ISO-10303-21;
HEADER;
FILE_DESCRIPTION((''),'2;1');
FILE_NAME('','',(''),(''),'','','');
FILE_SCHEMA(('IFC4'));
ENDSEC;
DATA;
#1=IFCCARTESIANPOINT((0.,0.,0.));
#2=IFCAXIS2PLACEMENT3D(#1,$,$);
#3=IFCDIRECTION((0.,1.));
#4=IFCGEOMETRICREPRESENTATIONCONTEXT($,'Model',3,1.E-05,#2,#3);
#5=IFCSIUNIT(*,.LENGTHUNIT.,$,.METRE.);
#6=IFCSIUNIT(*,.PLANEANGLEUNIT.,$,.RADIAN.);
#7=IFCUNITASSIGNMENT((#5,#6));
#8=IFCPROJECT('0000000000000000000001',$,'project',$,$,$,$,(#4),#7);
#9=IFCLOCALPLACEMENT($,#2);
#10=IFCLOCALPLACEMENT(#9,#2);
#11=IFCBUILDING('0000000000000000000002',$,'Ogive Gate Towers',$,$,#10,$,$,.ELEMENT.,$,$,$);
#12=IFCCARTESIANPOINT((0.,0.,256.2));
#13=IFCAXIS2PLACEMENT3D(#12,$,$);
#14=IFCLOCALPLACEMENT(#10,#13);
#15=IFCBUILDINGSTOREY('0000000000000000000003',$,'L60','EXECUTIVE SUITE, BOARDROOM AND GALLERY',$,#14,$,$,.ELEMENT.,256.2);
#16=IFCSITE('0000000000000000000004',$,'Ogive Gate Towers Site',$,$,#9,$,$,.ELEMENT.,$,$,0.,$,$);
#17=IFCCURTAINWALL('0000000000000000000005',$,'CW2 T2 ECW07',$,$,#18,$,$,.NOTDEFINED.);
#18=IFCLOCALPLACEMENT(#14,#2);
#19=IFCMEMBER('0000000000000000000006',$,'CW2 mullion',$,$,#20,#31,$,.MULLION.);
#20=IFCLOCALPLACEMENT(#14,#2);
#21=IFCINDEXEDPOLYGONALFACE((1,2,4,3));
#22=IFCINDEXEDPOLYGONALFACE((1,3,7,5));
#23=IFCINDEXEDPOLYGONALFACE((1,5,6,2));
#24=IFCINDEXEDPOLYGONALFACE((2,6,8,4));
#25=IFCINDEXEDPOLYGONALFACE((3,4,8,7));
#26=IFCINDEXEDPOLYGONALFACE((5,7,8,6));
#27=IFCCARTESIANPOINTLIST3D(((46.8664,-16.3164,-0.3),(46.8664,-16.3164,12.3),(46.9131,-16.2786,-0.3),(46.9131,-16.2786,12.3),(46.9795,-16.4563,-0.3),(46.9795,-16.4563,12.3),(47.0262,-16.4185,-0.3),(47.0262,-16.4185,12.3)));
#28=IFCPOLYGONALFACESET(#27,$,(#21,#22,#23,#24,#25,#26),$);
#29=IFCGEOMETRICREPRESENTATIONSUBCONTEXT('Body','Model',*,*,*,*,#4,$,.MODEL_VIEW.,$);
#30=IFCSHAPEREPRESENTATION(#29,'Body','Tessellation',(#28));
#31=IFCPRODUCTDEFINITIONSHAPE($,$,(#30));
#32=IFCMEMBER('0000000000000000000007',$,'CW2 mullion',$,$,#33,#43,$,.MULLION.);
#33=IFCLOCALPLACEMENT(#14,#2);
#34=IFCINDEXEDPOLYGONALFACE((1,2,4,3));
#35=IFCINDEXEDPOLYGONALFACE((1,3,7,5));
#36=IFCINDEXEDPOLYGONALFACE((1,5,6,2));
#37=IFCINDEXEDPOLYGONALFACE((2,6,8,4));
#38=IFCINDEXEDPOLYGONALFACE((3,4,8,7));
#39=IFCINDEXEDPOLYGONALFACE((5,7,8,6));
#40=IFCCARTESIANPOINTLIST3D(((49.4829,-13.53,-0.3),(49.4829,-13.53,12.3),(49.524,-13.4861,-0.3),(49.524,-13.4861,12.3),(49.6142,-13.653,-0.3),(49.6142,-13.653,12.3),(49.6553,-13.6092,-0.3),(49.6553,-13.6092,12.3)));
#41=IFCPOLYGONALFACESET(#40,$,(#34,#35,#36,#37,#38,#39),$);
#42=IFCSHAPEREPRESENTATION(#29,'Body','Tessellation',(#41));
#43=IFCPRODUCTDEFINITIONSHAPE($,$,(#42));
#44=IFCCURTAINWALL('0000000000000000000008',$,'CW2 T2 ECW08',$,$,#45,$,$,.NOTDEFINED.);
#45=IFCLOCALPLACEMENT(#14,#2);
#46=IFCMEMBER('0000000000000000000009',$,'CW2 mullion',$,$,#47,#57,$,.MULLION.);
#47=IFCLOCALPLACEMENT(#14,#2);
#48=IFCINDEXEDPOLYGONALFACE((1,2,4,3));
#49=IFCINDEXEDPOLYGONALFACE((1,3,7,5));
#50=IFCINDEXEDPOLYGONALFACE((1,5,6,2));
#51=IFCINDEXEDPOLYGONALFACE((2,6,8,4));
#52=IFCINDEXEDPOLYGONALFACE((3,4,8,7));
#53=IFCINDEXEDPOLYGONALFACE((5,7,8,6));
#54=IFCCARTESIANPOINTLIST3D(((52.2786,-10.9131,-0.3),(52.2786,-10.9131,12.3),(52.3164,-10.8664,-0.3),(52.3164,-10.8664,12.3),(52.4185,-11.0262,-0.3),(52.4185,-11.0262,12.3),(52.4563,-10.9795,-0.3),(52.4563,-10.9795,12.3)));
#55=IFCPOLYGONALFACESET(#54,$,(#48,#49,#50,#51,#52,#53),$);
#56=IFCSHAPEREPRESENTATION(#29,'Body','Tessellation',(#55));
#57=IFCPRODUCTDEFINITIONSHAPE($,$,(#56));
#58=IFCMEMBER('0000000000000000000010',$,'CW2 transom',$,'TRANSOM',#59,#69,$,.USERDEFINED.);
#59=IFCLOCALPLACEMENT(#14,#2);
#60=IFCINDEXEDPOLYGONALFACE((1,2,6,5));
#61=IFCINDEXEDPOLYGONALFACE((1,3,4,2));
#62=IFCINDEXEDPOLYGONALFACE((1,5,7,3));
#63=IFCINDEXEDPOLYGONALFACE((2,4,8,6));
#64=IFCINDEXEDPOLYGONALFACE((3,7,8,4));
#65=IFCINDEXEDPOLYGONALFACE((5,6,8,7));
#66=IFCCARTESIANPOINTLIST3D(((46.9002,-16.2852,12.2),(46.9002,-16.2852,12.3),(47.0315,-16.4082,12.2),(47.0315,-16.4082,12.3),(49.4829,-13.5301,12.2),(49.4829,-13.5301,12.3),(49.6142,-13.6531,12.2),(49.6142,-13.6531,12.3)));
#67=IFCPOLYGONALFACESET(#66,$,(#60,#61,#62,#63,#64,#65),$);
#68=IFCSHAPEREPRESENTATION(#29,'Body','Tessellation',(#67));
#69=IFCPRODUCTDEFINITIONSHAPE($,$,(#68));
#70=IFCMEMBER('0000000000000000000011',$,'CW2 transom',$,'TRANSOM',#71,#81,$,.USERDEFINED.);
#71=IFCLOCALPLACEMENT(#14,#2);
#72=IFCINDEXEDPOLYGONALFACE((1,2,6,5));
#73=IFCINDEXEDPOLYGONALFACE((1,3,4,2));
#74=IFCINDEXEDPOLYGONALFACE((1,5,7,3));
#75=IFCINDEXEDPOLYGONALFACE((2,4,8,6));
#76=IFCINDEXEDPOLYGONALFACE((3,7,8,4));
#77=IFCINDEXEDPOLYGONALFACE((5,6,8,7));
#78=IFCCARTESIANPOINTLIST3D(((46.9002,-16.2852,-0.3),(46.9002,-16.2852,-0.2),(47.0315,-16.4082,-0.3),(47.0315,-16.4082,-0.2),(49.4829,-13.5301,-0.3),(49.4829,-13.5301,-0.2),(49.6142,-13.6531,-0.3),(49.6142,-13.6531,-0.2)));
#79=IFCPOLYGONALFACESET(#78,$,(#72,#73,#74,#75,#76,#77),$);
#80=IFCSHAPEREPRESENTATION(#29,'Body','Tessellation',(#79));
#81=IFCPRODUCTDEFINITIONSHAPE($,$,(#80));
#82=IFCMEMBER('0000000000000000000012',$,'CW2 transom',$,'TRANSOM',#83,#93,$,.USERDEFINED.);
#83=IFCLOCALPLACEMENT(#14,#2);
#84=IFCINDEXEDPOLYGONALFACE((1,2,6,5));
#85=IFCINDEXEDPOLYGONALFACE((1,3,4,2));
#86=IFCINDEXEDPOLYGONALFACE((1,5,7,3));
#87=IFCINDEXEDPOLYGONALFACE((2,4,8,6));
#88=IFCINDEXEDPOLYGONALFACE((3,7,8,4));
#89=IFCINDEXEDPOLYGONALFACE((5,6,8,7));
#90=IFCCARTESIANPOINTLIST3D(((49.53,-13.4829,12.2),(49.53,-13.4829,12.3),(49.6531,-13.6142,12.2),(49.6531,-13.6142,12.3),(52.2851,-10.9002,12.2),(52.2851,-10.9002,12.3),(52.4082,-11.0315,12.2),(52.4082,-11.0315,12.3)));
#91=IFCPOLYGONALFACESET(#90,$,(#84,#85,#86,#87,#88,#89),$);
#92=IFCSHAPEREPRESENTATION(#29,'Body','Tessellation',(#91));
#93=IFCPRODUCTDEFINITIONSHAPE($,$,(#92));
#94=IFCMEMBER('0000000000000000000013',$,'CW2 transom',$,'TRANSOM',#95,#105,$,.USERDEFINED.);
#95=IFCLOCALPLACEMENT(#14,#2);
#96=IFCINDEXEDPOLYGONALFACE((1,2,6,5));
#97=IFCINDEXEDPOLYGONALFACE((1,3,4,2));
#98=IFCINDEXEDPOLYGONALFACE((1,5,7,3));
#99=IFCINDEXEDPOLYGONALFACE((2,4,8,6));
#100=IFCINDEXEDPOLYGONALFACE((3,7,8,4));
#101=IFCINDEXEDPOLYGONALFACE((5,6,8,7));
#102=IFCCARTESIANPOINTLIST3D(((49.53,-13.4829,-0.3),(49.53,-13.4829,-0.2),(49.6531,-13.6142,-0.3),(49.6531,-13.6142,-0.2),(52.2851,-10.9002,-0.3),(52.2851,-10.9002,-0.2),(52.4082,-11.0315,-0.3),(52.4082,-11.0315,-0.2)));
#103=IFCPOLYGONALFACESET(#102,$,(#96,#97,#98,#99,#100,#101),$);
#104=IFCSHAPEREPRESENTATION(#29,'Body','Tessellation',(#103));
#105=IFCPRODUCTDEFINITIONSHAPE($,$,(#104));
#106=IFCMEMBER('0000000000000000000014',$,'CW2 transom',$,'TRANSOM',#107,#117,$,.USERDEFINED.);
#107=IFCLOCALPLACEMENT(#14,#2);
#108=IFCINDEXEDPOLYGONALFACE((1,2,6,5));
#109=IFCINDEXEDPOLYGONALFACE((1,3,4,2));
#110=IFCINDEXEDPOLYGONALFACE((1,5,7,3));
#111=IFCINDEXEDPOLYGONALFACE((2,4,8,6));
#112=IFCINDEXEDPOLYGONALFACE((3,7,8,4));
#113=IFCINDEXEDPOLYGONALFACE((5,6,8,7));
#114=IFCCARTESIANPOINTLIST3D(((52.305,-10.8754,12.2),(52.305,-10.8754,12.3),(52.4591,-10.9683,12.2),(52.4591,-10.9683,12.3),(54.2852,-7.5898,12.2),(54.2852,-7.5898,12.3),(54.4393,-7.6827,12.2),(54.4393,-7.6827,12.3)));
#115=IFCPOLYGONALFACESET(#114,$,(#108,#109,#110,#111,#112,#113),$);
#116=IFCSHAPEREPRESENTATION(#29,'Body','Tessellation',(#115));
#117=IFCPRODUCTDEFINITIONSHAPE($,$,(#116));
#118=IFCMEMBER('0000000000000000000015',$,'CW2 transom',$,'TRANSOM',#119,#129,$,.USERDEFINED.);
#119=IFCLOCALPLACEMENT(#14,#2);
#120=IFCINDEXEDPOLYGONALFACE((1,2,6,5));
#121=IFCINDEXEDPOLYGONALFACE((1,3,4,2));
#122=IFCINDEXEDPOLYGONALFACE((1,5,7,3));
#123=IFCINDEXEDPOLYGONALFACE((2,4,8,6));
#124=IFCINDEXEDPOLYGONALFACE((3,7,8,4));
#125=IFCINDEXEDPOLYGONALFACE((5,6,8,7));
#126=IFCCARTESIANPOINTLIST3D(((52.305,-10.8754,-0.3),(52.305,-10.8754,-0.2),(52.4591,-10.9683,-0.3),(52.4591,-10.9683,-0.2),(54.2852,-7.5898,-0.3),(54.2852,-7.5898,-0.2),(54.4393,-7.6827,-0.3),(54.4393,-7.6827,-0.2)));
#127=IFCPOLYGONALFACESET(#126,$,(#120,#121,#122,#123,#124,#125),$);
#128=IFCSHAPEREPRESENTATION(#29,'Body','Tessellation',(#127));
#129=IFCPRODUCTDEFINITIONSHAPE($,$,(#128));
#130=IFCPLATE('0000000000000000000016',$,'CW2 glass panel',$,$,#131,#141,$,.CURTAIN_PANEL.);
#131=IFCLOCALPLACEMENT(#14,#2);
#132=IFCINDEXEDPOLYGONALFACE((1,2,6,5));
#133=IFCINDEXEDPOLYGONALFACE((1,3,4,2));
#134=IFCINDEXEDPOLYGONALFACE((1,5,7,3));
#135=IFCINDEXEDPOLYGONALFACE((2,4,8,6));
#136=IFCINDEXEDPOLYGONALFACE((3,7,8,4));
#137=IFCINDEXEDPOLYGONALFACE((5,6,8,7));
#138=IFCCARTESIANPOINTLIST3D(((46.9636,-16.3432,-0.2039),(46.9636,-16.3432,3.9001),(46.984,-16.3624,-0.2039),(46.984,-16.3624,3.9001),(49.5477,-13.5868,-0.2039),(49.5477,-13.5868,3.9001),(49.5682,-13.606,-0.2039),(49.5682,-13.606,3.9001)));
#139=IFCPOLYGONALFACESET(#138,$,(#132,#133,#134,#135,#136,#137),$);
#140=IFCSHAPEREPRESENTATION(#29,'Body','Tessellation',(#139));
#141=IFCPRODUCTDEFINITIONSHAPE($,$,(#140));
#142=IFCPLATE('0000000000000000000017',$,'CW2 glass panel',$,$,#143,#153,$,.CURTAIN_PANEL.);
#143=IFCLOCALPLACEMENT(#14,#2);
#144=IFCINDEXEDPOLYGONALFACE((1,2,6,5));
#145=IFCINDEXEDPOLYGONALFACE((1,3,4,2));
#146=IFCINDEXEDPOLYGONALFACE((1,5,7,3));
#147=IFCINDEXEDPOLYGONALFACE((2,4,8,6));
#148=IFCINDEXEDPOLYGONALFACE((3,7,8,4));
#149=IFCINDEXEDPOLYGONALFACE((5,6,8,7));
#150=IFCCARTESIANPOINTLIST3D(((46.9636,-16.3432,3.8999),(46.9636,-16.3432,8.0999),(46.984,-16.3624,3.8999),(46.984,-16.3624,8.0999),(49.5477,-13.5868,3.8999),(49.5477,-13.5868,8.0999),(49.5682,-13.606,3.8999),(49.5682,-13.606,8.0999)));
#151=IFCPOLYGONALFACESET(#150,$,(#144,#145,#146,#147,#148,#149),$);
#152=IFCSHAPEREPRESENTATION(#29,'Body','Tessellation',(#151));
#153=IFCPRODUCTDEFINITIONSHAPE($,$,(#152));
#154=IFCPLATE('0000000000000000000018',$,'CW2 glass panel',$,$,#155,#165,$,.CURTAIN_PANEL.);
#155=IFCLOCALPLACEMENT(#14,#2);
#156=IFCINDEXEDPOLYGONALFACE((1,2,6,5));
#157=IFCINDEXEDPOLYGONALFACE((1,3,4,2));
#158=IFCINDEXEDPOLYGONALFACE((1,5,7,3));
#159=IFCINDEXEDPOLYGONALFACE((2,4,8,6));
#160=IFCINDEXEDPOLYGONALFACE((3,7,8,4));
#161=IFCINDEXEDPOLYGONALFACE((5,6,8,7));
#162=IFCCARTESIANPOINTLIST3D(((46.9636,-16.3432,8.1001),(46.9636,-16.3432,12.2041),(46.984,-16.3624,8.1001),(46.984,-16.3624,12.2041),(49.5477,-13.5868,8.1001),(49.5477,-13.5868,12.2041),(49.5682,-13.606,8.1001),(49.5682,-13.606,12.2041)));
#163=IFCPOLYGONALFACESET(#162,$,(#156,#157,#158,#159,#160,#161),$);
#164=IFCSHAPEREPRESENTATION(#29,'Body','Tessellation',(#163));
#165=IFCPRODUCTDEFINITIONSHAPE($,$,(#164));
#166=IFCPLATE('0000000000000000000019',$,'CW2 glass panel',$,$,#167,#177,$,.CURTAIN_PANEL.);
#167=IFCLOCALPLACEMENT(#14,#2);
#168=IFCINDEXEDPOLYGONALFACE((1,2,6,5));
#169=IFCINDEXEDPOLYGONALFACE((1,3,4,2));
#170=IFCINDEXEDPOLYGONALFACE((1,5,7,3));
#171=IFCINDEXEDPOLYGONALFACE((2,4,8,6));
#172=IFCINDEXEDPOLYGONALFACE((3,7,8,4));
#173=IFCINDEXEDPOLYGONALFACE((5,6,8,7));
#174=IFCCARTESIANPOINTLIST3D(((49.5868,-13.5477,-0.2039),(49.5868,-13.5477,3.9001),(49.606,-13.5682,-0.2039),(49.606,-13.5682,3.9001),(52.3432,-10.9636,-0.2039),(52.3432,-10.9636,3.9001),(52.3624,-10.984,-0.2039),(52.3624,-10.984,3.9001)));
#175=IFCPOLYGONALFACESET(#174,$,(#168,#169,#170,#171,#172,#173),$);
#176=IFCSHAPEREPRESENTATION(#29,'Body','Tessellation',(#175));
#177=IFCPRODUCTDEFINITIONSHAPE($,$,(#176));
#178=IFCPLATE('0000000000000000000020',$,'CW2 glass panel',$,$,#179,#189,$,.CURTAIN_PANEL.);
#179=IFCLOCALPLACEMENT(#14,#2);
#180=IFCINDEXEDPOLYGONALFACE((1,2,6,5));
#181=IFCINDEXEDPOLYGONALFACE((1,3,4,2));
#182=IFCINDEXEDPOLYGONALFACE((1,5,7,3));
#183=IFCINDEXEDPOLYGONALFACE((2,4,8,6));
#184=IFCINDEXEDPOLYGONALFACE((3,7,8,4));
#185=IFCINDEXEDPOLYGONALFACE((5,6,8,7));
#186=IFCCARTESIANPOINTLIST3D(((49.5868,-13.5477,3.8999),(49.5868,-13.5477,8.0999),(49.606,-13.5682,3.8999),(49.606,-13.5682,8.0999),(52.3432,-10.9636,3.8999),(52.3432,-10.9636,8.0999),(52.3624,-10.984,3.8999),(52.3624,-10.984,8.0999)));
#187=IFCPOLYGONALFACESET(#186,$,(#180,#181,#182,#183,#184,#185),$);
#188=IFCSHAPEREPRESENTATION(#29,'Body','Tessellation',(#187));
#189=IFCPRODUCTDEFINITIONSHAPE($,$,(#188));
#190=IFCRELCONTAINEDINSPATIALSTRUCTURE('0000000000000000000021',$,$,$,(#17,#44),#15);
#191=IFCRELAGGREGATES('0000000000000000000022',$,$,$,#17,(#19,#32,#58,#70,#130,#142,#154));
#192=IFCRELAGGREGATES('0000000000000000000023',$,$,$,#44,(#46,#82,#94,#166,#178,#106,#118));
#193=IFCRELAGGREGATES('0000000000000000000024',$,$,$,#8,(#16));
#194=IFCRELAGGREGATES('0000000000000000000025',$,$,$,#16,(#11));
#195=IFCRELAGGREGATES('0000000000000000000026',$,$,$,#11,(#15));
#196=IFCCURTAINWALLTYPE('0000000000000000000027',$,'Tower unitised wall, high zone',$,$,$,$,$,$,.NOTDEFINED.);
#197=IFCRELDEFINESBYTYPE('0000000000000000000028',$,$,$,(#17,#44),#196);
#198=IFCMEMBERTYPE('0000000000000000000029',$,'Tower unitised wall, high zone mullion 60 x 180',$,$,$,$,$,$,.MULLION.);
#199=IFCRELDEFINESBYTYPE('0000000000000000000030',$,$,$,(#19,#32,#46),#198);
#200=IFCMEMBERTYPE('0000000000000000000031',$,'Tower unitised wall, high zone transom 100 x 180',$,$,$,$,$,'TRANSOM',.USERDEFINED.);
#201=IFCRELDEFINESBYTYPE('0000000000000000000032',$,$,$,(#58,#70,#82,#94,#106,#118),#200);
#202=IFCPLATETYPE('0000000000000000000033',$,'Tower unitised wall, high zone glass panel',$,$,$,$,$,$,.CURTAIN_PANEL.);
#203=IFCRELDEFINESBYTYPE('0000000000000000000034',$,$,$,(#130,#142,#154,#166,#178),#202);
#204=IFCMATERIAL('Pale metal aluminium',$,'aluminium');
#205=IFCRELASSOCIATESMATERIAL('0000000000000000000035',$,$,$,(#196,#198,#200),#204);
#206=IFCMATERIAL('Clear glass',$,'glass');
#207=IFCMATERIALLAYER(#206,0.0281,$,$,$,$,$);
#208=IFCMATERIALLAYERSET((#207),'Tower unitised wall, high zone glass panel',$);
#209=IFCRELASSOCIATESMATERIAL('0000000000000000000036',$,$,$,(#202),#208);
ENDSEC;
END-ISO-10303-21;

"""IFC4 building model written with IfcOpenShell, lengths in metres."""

from ifc_helpers import new_model, si_unit, direction, frame, origin, origin_2d, place, context, subcontext, project, spatial, rectangle, extrude, material, layer, layer_set, material_profile, profile_set, type_object, element, aggregate, save


model = new_model("IFC4")

# Units and contexts
model_context = context("Model", 3, precision=1e-05, world=origin(), true_north=direction((0.0, 1.0)))
body_context = subcontext(model_context, "Body", "Model", "MODEL_VIEW")
ifc_project = project(units=[si_unit("LENGTHUNIT", "METRE"), si_unit("PLANEANGLEUNIT", "RADIAN")], contexts=[model_context])

# Site, building, storey
site_placement = place(None, origin())
site = spatial("IfcSite", under=ifc_project, at=site_placement, Name="Ogive Gate Towers Site", CompositionType="ELEMENT", RefElevation=0.0)
building_placement = place(site_placement, origin())
building = spatial("IfcBuilding", under=site, at=building_placement, Name="Ogive Gate Towers", CompositionType="ELEMENT")
storey_placement = place(building_placement, frame((0.0, 0.0, 256.2)))
storey = spatial("IfcBuildingStorey", under=building, at=storey_placement, Name="L60", Description="EXECUTIVE SUITE, BOARDROOM AND GALLERY", CompositionType="ELEMENT", Elevation=256.2)

# Curtain wall, members
ifc_material_1 = material(Name="Pale metal aluminium", Category="aluminium")
curtain_wall_type = type_object("IfcCurtainWallType", Name="Tower unitised wall, high zone", PredefinedType="NOTDEFINED", material=ifc_material_1)
curtain_wall_1_placement = place(storey_placement, origin())
curtain_wall_1 = element("IfcCurtainWall", 1, at=curtain_wall_1_placement, inside=storey, type_object=curtain_wall_type, Name="CW2 T2 ECW07", PredefinedType="NOTDEFINED")
ifc_material_profile_1 = material_profile(ifc_material_1, rectangle(XDim=0.1799, YDim=0.0601, at=origin_2d()), Name="60 x 180 aluminium box")
ifc_profile_set_1 = profile_set([ifc_material_profile_1], Name="Pale metal aluminium")
member_type_1 = type_object("IfcMemberType", Name="Tower unitised wall, high zone mullion 60 x 180", PredefinedType="MULLION", material=ifc_profile_set_1)
member_1_placement = place(storey_placement, frame((46.9463, -16.3674, -0.3), z_axis=(0.0, 0.0, 1.0), x_axis=(0.628791, -0.777574, 0.0)))
member_1 = element("IfcMember", 2, at=member_1_placement, type_object=member_type_1, Name="CW2 mullion", PredefinedType="MULLION", context=body_context, shape_type="SweptSolid", body=[
    extrude(rectangle(XDim=0.1799, YDim=0.0601, at=origin_2d()), origin(), (0.0, 0.0, 1.0), 12.6001),
])
member_2_placement = place(storey_placement, frame((49.5691, -13.5696, -0.3), z_axis=(0.0, 0.0, 1.0), x_axis=(0.729542, -0.683936, 0.0)))
member_2 = element("IfcMember", 3, at=member_2_placement, type_object=member_type_1, Name="CW2 mullion", PredefinedType="MULLION", context=body_context, shape_type="SweptSolid", body=[
    extrude(rectangle(XDim=0.1799, YDim=0.0601, at=origin_2d()), origin(), (0.0, 0.0, 1.0), 12.6001),
])

# Curtain wall, member
curtain_wall_2_placement = place(storey_placement, origin())
curtain_wall_2 = element("IfcCurtainWall", 4, at=curtain_wall_2_placement, inside=storey, type_object=curtain_wall_type, Name="CW2 T2 ECW08", PredefinedType="NOTDEFINED")
member_3_placement = place(storey_placement, frame((52.3674, -10.9463, -0.3), z_axis=(0.0, 0.0, 1.0), x_axis=(0.777574, -0.628791, 0.0)))
member_3 = element("IfcMember", 5, at=member_3_placement, type_object=member_type_1, Name="CW2 mullion", PredefinedType="MULLION", context=body_context, shape_type="SweptSolid", body=[
    extrude(rectangle(XDim=0.1799, YDim=0.0601, at=origin_2d()), origin(), (0.0, 0.0, 1.0), 12.6001),
])

# Members
ifc_material_profile_2 = material_profile(ifc_material_1, rectangle(XDim=0.1799, YDim=0.1001, at=origin_2d()), Name="100 x 180 aluminium box")
ifc_profile_set_2 = profile_set([ifc_material_profile_2], Name="Pale metal aluminium")
member_type_2 = type_object("IfcMemberType", Name="Tower unitised wall, high zone transom 100 x 180", ElementType="TRANSOM", PredefinedType="USERDEFINED", material=ifc_profile_set_2)
member_4_placement = place(storey_placement, frame((46.9658, -16.3467, 12.25), z_axis=(0.683917, 0.729559, 0.0), x_axis=(-0.729559, 0.683917, 0.0)))
member_4 = element("IfcMember", 6, at=member_4_placement, type_object=member_type_2, Name="CW2 transom", ObjectType="TRANSOM", PredefinedType="USERDEFINED", context=body_context, shape_type="SweptSolid", body=[
    extrude(rectangle(XDim=0.1799, YDim=0.1001, at=origin_2d()), origin(), (0.0, 0.0, 1.0), 3.7764),
])
member_5_placement = place(storey_placement, frame((46.9658, -16.3467, -0.25), z_axis=(0.683917, 0.729559, 0.0), x_axis=(-0.729559, 0.683917, 0.0)))
member_5 = element("IfcMember", 7, at=member_5_placement, type_object=member_type_2, Name="CW2 transom", ObjectType="TRANSOM", PredefinedType="USERDEFINED", context=body_context, shape_type="SweptSolid", body=[
    extrude(rectangle(XDim=0.1799, YDim=0.1001, at=origin_2d()), origin(), (0.0, 0.0, 1.0), 3.7764),
])
member_6_placement = place(storey_placement, frame((49.5916, -13.5486, 12.25), z_axis=(0.729559, 0.683917, 0.0), x_axis=(-0.683917, 0.729559, 0.0)))
member_6 = element("IfcMember", 8, at=member_6_placement, type_object=member_type_2, Name="CW2 transom", ObjectType="TRANSOM", PredefinedType="USERDEFINED", context=body_context, shape_type="SweptSolid", body=[
    extrude(rectangle(XDim=0.1799, YDim=0.1001, at=origin_2d()), origin(), (0.0, 0.0, 1.0), 3.7764),
])
member_7_placement = place(storey_placement, frame((49.5916, -13.5486, -0.25), z_axis=(0.729559, 0.683917, 0.0), x_axis=(-0.683917, 0.729559, 0.0)))
member_7 = element("IfcMember", 9, at=member_7_placement, type_object=member_type_2, Name="CW2 transom", ObjectType="TRANSOM", PredefinedType="USERDEFINED", context=body_context, shape_type="SweptSolid", body=[
    extrude(rectangle(XDim=0.1799, YDim=0.1001, at=origin_2d()), origin(), (0.0, 0.0, 1.0), 3.7764),
])
member_8_placement = place(storey_placement, frame((52.3821, -10.9219, 12.25), z_axis=(0.516189, 0.856475, 0.0), x_axis=(-0.856475, 0.516189, 0.0)))
member_8 = element("IfcMember", 10, at=member_8_placement, type_object=member_type_2, Name="CW2 transom", ObjectType="TRANSOM", PredefinedType="USERDEFINED", context=body_context, shape_type="SweptSolid", body=[
    extrude(rectangle(XDim=0.1799, YDim=0.1001, at=origin_2d()), origin(), (0.0, 0.0, 1.0), 3.8362),
])
member_9_placement = place(storey_placement, frame((52.3821, -10.9219, -0.25), z_axis=(0.516189, 0.856475, 0.0), x_axis=(-0.856475, 0.516189, 0.0)))
member_9 = element("IfcMember", 11, at=member_9_placement, type_object=member_type_2, Name="CW2 transom", ObjectType="TRANSOM", PredefinedType="USERDEFINED", context=body_context, shape_type="SweptSolid", body=[
    extrude(rectangle(XDim=0.1799, YDim=0.1001, at=origin_2d()), origin(), (0.0, 0.0, 1.0), 3.8362),
])

# Plates
ifc_material_2 = material(Name="Clear glass", Category="glass")
ifc_layer_1 = layer(ifc_material_2, 0.0281)
ifc_layer_set_1 = layer_set([ifc_layer_1], Name="Tower unitised wall, high zone glass panel")
plate_type = type_object("IfcPlateType", Name="Tower unitised wall, high zone glass panel", PredefinedType="CURTAIN_PANEL", material=ifc_layer_set_1)
plate_1_placement = place(storey_placement, frame((48.2659, -14.9746, -0.2039), z_axis=(0.0, 0.0, 1.0), x_axis=(0.683936, 0.729542, 0.0)))
plate_1 = element("IfcPlate", 12, at=plate_1_placement, type_object=plate_type, Name="CW2 glass panel", PredefinedType="CURTAIN_PANEL", context=body_context, shape_type="SweptSolid", body=[
    extrude(rectangle(XDim=3.7783, YDim=0.0281, at=origin_2d()), origin(), (0.0, 0.0, 1.0), 4.104),
])
plate_2_placement = place(storey_placement, frame((48.2659, -14.9746, 3.8999), z_axis=(0.0, 0.0, 1.0), x_axis=(0.683936, 0.729542, 0.0)))
plate_2 = element("IfcPlate", 13, at=plate_2_placement, type_object=plate_type, Name="CW2 glass panel", PredefinedType="CURTAIN_PANEL", context=body_context, shape_type="SweptSolid", body=[
    extrude(rectangle(XDim=3.7783, YDim=0.0281, at=origin_2d()), origin(), (0.0, 0.0, 1.0), 4.2),
])
plate_3_placement = place(storey_placement, frame((48.2659, -14.9746, 8.1001), z_axis=(0.0, 0.0, 1.0), x_axis=(0.683936, 0.729542, 0.0)))
plate_3 = element("IfcPlate", 14, at=plate_3_placement, type_object=plate_type, Name="CW2 glass panel", PredefinedType="CURTAIN_PANEL", context=body_context, shape_type="SweptSolid", body=[
    extrude(rectangle(XDim=3.7783, YDim=0.0281, at=origin_2d()), origin(), (0.0, 0.0, 1.0), 4.104),
])
aggregate(curtain_wall_1, [member_1, member_2, member_4, member_5, plate_1, plate_2, plate_3])
plate_4_placement = place(storey_placement, frame((50.9746, -12.2659, -0.2039), z_axis=(0.0, 0.0, 1.0), x_axis=(0.729542, 0.683936, 0.0)))
plate_4 = element("IfcPlate", 15, at=plate_4_placement, type_object=plate_type, Name="CW2 glass panel", PredefinedType="CURTAIN_PANEL", context=body_context, shape_type="SweptSolid", body=[
    extrude(rectangle(XDim=3.7783, YDim=0.0281, at=origin_2d()), origin(), (0.0, 0.0, 1.0), 4.104),
])
plate_5_placement = place(storey_placement, frame((50.9746, -12.2659, 3.8999), z_axis=(0.0, 0.0, 1.0), x_axis=(0.729542, 0.683936, 0.0)))
plate_5 = element("IfcPlate", 16, at=plate_5_placement, type_object=plate_type, Name="CW2 glass panel", PredefinedType="CURTAIN_PANEL", context=body_context, shape_type="SweptSolid", body=[
    extrude(rectangle(XDim=3.7783, YDim=0.0281, at=origin_2d()), origin(), (0.0, 0.0, 1.0), 4.2),
])
aggregate(curtain_wall_2, [member_3, member_6, member_7, plate_4, plate_5, member_8, member_9])

save(model, "model.ifc")
